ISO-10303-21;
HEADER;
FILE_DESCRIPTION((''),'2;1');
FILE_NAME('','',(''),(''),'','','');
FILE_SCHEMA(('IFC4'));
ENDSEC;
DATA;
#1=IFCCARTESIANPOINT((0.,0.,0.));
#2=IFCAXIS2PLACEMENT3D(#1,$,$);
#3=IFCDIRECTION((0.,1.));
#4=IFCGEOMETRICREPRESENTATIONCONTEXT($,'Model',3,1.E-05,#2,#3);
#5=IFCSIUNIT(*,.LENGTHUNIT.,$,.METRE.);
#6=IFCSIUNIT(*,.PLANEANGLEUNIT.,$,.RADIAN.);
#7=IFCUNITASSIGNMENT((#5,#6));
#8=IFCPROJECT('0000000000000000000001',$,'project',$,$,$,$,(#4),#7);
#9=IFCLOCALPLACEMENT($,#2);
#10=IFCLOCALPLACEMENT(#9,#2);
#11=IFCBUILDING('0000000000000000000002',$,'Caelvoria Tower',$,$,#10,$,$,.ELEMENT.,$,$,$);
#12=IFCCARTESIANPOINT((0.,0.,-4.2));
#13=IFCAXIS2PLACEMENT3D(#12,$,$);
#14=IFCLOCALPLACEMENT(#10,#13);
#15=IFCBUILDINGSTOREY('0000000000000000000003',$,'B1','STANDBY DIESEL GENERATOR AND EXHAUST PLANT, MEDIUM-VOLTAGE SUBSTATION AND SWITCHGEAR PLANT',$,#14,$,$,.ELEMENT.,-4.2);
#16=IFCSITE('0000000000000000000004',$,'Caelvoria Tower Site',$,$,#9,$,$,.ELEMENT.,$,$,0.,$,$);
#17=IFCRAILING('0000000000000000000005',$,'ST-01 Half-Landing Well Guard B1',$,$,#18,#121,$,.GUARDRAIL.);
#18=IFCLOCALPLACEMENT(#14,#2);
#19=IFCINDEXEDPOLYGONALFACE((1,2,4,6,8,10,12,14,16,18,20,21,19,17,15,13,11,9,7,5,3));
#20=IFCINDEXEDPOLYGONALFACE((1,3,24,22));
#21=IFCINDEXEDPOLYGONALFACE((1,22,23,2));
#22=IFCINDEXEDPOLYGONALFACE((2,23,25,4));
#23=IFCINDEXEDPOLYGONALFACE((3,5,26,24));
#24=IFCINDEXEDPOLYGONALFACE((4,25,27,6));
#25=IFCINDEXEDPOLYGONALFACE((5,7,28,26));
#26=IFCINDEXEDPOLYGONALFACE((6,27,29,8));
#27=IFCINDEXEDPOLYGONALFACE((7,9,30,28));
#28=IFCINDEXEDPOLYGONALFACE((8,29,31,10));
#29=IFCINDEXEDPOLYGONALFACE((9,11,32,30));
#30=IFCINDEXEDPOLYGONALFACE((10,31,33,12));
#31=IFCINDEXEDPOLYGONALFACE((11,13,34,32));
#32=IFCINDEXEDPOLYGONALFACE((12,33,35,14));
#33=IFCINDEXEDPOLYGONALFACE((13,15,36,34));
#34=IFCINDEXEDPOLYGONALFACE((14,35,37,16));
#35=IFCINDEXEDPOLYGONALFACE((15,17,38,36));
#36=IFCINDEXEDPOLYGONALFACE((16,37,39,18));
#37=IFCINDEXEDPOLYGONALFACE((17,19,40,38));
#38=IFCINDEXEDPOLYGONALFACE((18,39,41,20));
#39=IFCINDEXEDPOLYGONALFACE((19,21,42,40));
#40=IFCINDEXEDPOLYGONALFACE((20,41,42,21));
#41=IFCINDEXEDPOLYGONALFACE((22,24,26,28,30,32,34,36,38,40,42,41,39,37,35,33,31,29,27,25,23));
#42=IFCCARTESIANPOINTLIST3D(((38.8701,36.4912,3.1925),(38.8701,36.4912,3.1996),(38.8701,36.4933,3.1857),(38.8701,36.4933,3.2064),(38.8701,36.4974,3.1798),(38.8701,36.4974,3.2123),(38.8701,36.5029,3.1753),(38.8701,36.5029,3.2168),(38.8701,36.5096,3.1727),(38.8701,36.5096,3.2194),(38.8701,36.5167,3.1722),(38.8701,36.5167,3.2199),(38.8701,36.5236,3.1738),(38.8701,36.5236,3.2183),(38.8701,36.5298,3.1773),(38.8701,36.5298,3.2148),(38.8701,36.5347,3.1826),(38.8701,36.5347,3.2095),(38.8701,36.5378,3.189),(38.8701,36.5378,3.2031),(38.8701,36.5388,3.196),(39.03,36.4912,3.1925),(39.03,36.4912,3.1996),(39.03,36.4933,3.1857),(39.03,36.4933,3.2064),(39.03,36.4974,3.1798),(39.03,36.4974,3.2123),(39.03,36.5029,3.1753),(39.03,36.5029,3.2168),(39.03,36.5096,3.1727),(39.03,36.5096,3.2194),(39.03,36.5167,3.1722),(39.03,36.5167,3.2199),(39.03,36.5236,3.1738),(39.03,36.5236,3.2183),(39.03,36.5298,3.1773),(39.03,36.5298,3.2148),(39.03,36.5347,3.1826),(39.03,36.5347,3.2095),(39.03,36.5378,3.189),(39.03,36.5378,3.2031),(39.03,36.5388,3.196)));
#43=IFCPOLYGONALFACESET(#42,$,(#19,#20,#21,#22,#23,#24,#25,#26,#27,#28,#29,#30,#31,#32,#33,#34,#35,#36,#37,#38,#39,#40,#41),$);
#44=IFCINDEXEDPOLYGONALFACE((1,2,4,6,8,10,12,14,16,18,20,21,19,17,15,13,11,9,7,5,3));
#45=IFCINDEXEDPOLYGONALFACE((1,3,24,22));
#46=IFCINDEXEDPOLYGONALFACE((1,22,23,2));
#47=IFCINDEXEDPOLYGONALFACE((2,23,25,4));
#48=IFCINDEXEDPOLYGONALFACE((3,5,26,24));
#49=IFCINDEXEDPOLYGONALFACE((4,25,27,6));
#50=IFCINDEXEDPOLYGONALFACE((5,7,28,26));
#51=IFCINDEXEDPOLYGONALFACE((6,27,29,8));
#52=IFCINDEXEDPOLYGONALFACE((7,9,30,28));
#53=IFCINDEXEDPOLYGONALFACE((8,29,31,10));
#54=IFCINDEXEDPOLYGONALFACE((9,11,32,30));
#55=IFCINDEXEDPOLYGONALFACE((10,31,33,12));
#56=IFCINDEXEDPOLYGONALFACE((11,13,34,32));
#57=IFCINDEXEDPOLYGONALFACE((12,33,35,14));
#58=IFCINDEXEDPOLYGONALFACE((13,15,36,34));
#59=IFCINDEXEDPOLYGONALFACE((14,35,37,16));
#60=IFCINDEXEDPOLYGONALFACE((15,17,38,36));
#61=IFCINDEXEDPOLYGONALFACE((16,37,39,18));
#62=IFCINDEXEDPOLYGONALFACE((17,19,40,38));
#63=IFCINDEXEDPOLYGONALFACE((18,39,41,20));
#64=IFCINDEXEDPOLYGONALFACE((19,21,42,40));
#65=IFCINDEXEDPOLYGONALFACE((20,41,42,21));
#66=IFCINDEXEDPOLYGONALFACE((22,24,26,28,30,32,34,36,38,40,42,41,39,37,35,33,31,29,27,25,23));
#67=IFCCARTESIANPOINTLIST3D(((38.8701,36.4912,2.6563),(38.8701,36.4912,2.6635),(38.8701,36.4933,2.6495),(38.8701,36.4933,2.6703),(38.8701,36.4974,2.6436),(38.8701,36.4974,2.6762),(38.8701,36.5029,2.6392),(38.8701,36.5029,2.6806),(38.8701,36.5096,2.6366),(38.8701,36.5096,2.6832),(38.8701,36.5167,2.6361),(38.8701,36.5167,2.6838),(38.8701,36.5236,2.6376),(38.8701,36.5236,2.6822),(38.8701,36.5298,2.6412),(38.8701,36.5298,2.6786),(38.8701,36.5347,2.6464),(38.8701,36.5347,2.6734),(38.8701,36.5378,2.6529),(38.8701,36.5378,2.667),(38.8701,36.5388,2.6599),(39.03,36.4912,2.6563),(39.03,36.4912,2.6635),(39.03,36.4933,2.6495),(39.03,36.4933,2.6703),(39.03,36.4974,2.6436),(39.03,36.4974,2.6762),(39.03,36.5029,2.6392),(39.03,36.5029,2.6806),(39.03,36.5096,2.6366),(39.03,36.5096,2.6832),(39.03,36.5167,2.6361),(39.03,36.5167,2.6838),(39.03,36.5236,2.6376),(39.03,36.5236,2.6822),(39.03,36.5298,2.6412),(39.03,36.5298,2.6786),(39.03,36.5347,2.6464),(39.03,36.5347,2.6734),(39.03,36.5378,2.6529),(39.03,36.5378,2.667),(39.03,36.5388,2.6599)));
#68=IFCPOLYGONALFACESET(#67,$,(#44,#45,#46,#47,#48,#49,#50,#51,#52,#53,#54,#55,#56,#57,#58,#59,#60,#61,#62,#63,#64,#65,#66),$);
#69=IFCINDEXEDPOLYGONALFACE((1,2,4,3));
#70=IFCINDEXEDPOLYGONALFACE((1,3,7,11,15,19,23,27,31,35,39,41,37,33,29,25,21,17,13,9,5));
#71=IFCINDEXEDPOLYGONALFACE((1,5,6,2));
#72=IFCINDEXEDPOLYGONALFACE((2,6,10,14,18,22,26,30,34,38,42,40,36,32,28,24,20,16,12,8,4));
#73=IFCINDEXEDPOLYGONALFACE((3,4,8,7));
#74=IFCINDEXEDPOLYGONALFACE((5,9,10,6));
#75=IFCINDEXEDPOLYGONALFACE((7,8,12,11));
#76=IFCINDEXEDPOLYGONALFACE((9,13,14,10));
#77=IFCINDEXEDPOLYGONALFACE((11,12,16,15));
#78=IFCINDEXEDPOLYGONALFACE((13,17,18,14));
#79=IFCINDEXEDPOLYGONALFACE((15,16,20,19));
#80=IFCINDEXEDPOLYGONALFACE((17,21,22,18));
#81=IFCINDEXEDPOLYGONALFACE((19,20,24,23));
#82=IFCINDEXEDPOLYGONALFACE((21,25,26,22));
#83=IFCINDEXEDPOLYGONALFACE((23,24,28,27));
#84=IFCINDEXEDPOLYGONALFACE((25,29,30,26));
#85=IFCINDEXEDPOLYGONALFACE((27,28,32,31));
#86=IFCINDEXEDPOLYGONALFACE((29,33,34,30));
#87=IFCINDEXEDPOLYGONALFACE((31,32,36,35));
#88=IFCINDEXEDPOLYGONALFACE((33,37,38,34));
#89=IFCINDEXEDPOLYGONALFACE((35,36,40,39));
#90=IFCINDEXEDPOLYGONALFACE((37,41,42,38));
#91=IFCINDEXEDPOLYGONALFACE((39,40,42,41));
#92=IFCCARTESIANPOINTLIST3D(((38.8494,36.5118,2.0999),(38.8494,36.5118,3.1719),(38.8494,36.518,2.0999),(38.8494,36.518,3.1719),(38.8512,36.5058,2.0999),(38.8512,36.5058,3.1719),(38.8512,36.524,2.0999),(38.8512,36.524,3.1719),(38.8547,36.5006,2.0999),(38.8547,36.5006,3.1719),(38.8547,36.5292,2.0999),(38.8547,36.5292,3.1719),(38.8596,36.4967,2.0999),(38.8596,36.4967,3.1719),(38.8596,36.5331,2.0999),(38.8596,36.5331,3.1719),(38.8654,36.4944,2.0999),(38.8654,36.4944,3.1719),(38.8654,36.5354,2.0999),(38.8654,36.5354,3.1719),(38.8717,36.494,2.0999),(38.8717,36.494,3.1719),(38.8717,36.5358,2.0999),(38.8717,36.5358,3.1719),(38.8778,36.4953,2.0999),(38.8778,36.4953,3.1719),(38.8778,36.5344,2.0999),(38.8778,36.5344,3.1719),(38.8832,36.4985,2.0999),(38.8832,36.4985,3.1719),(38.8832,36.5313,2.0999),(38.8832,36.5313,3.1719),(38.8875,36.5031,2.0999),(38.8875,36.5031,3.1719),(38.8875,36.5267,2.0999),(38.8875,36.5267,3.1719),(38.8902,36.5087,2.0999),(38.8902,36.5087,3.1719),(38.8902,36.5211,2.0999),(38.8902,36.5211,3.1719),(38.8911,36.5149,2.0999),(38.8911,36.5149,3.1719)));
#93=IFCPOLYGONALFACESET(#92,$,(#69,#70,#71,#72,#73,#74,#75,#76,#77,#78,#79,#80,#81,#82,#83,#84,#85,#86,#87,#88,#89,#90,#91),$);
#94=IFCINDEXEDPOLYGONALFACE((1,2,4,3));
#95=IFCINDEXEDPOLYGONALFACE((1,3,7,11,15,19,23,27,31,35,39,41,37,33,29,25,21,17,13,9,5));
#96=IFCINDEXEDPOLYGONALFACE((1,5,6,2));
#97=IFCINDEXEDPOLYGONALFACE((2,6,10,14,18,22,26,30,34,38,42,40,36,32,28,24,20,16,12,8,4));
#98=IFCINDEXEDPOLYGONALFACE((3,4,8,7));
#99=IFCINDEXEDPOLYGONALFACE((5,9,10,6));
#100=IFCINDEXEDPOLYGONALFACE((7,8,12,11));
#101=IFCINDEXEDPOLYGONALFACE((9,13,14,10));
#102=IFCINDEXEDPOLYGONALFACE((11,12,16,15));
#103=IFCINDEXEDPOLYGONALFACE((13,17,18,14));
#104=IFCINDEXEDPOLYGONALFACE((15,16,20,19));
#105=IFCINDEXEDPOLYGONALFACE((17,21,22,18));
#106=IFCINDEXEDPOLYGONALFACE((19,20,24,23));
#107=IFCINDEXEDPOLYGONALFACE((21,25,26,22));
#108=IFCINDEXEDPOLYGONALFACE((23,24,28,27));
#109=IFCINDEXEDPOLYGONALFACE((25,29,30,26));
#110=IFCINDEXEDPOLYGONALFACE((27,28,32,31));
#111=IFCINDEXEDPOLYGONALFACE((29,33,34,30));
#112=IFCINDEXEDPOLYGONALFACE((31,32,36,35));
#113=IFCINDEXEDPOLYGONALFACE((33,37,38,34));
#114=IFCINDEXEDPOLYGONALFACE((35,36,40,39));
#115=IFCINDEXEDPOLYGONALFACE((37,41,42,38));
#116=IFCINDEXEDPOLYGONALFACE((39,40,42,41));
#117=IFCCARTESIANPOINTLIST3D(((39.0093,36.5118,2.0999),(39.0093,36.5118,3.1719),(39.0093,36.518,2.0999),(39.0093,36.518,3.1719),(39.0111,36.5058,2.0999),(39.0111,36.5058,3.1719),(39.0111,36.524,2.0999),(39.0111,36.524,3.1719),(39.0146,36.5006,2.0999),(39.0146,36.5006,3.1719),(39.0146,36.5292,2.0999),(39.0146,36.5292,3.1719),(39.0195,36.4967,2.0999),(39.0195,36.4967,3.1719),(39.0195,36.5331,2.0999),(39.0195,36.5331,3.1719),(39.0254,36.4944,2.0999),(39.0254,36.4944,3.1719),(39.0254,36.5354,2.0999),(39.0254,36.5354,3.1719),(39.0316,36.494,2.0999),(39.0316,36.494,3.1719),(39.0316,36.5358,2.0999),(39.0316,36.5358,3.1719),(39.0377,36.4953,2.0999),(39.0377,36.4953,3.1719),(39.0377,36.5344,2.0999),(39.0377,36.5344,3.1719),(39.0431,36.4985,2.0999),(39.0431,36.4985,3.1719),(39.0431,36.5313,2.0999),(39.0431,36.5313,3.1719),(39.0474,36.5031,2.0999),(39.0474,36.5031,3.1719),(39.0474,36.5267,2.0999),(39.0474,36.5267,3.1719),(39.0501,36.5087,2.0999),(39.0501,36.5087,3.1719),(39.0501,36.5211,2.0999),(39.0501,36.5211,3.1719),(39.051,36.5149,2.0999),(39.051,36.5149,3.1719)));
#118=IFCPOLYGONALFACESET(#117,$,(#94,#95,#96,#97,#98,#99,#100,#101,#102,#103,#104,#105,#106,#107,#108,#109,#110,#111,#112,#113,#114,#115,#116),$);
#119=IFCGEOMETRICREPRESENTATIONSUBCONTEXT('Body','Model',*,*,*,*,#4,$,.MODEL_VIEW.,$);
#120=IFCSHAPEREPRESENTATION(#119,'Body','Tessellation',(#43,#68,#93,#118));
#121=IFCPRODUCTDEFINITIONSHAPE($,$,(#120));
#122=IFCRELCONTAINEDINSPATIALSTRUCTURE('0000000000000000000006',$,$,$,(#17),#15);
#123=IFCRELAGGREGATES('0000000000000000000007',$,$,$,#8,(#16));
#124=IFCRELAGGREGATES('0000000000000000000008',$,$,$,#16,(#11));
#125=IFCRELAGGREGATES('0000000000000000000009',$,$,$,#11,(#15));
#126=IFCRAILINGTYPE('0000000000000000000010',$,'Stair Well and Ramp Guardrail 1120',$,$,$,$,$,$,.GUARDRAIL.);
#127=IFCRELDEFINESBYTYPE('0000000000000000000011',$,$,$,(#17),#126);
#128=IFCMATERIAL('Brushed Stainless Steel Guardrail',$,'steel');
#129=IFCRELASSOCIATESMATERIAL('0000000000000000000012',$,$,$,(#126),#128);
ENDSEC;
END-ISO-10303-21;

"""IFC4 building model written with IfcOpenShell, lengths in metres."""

from ifc_helpers import new_model, si_unit, direction, frame, origin, origin_2d, place, context, subcontext, project, spatial, circle, extrude, material, type_object, element, save


model = new_model("IFC4")

# Units and contexts
model_context = context("Model", 3, precision=1e-05, world=origin(), true_north=direction((0.0, 1.0)))
body_context = subcontext(model_context, "Body", "Model", "MODEL_VIEW")
ifc_project = project(units=[si_unit("LENGTHUNIT", "METRE"), si_unit("PLANEANGLEUNIT", "RADIAN")], contexts=[model_context])

# Site, building, storey
site_placement = place(None, origin())
site = spatial("IfcSite", under=ifc_project, at=site_placement, Name="Caelvoria Tower Site", CompositionType="ELEMENT", RefElevation=0.0)
building_placement = place(site_placement, origin())
building = spatial("IfcBuilding", under=site, at=building_placement, Name="Caelvoria Tower", CompositionType="ELEMENT")
storey_placement = place(building_placement, frame((0.0, 0.0, -4.2)))
storey = spatial("IfcBuildingStorey", under=building, at=storey_placement, Name="B1", Description="STANDBY DIESEL GENERATOR AND EXHAUST PLANT, MEDIUM-VOLTAGE SUBSTATION AND SWITCHGEAR PLANT", CompositionType="ELEMENT", Elevation=-4.2)

# Railing
ifc_material_1 = material(Name="Brushed Stainless Steel Guardrail", Category="steel")
railing_type_1 = type_object("IfcRailingType", Name="Stair Well and Ramp Guardrail 1120", PredefinedType="GUARDRAIL", material=ifc_material_1)
railing_1_placement = place(storey_placement, frame((38.8701, 36.5149, 2.0999)))
element("IfcRailing", 1, at=railing_1_placement, inside=storey, type_object=railing_type_1, Name="ST-01 Half-Landing Well Guard B1", PredefinedType="GUARDRAIL", context=body_context, shape_type="SweptSolid", body=[
    extrude(circle(Radius=0.0239, at=origin_2d()), frame((0.0, 0.0, 1.0962), z_axis=(1.0, 0.0, 0.0), x_axis=(0.0, 1.0, 0.0)), (0.0, 0.0, 1.0), 0.1599),
    extrude(circle(Radius=0.0239, at=origin_2d()), frame((0.0, 0.0, 0.5601), z_axis=(1.0, 0.0, 0.0), x_axis=(0.0, 1.0, 0.0)), (0.0, 0.0, 1.0), 0.1599),
    extrude(circle(Radius=0.021, at=origin_2d()), origin(), (0.0, 0.0, 1.0), 1.072),
    extrude(circle(Radius=0.021, at=origin_2d()), frame((0.1599, 0.0, 0.0)), (0.0, 0.0, 1.0), 1.072),
])

save(model, "model.ifc")
